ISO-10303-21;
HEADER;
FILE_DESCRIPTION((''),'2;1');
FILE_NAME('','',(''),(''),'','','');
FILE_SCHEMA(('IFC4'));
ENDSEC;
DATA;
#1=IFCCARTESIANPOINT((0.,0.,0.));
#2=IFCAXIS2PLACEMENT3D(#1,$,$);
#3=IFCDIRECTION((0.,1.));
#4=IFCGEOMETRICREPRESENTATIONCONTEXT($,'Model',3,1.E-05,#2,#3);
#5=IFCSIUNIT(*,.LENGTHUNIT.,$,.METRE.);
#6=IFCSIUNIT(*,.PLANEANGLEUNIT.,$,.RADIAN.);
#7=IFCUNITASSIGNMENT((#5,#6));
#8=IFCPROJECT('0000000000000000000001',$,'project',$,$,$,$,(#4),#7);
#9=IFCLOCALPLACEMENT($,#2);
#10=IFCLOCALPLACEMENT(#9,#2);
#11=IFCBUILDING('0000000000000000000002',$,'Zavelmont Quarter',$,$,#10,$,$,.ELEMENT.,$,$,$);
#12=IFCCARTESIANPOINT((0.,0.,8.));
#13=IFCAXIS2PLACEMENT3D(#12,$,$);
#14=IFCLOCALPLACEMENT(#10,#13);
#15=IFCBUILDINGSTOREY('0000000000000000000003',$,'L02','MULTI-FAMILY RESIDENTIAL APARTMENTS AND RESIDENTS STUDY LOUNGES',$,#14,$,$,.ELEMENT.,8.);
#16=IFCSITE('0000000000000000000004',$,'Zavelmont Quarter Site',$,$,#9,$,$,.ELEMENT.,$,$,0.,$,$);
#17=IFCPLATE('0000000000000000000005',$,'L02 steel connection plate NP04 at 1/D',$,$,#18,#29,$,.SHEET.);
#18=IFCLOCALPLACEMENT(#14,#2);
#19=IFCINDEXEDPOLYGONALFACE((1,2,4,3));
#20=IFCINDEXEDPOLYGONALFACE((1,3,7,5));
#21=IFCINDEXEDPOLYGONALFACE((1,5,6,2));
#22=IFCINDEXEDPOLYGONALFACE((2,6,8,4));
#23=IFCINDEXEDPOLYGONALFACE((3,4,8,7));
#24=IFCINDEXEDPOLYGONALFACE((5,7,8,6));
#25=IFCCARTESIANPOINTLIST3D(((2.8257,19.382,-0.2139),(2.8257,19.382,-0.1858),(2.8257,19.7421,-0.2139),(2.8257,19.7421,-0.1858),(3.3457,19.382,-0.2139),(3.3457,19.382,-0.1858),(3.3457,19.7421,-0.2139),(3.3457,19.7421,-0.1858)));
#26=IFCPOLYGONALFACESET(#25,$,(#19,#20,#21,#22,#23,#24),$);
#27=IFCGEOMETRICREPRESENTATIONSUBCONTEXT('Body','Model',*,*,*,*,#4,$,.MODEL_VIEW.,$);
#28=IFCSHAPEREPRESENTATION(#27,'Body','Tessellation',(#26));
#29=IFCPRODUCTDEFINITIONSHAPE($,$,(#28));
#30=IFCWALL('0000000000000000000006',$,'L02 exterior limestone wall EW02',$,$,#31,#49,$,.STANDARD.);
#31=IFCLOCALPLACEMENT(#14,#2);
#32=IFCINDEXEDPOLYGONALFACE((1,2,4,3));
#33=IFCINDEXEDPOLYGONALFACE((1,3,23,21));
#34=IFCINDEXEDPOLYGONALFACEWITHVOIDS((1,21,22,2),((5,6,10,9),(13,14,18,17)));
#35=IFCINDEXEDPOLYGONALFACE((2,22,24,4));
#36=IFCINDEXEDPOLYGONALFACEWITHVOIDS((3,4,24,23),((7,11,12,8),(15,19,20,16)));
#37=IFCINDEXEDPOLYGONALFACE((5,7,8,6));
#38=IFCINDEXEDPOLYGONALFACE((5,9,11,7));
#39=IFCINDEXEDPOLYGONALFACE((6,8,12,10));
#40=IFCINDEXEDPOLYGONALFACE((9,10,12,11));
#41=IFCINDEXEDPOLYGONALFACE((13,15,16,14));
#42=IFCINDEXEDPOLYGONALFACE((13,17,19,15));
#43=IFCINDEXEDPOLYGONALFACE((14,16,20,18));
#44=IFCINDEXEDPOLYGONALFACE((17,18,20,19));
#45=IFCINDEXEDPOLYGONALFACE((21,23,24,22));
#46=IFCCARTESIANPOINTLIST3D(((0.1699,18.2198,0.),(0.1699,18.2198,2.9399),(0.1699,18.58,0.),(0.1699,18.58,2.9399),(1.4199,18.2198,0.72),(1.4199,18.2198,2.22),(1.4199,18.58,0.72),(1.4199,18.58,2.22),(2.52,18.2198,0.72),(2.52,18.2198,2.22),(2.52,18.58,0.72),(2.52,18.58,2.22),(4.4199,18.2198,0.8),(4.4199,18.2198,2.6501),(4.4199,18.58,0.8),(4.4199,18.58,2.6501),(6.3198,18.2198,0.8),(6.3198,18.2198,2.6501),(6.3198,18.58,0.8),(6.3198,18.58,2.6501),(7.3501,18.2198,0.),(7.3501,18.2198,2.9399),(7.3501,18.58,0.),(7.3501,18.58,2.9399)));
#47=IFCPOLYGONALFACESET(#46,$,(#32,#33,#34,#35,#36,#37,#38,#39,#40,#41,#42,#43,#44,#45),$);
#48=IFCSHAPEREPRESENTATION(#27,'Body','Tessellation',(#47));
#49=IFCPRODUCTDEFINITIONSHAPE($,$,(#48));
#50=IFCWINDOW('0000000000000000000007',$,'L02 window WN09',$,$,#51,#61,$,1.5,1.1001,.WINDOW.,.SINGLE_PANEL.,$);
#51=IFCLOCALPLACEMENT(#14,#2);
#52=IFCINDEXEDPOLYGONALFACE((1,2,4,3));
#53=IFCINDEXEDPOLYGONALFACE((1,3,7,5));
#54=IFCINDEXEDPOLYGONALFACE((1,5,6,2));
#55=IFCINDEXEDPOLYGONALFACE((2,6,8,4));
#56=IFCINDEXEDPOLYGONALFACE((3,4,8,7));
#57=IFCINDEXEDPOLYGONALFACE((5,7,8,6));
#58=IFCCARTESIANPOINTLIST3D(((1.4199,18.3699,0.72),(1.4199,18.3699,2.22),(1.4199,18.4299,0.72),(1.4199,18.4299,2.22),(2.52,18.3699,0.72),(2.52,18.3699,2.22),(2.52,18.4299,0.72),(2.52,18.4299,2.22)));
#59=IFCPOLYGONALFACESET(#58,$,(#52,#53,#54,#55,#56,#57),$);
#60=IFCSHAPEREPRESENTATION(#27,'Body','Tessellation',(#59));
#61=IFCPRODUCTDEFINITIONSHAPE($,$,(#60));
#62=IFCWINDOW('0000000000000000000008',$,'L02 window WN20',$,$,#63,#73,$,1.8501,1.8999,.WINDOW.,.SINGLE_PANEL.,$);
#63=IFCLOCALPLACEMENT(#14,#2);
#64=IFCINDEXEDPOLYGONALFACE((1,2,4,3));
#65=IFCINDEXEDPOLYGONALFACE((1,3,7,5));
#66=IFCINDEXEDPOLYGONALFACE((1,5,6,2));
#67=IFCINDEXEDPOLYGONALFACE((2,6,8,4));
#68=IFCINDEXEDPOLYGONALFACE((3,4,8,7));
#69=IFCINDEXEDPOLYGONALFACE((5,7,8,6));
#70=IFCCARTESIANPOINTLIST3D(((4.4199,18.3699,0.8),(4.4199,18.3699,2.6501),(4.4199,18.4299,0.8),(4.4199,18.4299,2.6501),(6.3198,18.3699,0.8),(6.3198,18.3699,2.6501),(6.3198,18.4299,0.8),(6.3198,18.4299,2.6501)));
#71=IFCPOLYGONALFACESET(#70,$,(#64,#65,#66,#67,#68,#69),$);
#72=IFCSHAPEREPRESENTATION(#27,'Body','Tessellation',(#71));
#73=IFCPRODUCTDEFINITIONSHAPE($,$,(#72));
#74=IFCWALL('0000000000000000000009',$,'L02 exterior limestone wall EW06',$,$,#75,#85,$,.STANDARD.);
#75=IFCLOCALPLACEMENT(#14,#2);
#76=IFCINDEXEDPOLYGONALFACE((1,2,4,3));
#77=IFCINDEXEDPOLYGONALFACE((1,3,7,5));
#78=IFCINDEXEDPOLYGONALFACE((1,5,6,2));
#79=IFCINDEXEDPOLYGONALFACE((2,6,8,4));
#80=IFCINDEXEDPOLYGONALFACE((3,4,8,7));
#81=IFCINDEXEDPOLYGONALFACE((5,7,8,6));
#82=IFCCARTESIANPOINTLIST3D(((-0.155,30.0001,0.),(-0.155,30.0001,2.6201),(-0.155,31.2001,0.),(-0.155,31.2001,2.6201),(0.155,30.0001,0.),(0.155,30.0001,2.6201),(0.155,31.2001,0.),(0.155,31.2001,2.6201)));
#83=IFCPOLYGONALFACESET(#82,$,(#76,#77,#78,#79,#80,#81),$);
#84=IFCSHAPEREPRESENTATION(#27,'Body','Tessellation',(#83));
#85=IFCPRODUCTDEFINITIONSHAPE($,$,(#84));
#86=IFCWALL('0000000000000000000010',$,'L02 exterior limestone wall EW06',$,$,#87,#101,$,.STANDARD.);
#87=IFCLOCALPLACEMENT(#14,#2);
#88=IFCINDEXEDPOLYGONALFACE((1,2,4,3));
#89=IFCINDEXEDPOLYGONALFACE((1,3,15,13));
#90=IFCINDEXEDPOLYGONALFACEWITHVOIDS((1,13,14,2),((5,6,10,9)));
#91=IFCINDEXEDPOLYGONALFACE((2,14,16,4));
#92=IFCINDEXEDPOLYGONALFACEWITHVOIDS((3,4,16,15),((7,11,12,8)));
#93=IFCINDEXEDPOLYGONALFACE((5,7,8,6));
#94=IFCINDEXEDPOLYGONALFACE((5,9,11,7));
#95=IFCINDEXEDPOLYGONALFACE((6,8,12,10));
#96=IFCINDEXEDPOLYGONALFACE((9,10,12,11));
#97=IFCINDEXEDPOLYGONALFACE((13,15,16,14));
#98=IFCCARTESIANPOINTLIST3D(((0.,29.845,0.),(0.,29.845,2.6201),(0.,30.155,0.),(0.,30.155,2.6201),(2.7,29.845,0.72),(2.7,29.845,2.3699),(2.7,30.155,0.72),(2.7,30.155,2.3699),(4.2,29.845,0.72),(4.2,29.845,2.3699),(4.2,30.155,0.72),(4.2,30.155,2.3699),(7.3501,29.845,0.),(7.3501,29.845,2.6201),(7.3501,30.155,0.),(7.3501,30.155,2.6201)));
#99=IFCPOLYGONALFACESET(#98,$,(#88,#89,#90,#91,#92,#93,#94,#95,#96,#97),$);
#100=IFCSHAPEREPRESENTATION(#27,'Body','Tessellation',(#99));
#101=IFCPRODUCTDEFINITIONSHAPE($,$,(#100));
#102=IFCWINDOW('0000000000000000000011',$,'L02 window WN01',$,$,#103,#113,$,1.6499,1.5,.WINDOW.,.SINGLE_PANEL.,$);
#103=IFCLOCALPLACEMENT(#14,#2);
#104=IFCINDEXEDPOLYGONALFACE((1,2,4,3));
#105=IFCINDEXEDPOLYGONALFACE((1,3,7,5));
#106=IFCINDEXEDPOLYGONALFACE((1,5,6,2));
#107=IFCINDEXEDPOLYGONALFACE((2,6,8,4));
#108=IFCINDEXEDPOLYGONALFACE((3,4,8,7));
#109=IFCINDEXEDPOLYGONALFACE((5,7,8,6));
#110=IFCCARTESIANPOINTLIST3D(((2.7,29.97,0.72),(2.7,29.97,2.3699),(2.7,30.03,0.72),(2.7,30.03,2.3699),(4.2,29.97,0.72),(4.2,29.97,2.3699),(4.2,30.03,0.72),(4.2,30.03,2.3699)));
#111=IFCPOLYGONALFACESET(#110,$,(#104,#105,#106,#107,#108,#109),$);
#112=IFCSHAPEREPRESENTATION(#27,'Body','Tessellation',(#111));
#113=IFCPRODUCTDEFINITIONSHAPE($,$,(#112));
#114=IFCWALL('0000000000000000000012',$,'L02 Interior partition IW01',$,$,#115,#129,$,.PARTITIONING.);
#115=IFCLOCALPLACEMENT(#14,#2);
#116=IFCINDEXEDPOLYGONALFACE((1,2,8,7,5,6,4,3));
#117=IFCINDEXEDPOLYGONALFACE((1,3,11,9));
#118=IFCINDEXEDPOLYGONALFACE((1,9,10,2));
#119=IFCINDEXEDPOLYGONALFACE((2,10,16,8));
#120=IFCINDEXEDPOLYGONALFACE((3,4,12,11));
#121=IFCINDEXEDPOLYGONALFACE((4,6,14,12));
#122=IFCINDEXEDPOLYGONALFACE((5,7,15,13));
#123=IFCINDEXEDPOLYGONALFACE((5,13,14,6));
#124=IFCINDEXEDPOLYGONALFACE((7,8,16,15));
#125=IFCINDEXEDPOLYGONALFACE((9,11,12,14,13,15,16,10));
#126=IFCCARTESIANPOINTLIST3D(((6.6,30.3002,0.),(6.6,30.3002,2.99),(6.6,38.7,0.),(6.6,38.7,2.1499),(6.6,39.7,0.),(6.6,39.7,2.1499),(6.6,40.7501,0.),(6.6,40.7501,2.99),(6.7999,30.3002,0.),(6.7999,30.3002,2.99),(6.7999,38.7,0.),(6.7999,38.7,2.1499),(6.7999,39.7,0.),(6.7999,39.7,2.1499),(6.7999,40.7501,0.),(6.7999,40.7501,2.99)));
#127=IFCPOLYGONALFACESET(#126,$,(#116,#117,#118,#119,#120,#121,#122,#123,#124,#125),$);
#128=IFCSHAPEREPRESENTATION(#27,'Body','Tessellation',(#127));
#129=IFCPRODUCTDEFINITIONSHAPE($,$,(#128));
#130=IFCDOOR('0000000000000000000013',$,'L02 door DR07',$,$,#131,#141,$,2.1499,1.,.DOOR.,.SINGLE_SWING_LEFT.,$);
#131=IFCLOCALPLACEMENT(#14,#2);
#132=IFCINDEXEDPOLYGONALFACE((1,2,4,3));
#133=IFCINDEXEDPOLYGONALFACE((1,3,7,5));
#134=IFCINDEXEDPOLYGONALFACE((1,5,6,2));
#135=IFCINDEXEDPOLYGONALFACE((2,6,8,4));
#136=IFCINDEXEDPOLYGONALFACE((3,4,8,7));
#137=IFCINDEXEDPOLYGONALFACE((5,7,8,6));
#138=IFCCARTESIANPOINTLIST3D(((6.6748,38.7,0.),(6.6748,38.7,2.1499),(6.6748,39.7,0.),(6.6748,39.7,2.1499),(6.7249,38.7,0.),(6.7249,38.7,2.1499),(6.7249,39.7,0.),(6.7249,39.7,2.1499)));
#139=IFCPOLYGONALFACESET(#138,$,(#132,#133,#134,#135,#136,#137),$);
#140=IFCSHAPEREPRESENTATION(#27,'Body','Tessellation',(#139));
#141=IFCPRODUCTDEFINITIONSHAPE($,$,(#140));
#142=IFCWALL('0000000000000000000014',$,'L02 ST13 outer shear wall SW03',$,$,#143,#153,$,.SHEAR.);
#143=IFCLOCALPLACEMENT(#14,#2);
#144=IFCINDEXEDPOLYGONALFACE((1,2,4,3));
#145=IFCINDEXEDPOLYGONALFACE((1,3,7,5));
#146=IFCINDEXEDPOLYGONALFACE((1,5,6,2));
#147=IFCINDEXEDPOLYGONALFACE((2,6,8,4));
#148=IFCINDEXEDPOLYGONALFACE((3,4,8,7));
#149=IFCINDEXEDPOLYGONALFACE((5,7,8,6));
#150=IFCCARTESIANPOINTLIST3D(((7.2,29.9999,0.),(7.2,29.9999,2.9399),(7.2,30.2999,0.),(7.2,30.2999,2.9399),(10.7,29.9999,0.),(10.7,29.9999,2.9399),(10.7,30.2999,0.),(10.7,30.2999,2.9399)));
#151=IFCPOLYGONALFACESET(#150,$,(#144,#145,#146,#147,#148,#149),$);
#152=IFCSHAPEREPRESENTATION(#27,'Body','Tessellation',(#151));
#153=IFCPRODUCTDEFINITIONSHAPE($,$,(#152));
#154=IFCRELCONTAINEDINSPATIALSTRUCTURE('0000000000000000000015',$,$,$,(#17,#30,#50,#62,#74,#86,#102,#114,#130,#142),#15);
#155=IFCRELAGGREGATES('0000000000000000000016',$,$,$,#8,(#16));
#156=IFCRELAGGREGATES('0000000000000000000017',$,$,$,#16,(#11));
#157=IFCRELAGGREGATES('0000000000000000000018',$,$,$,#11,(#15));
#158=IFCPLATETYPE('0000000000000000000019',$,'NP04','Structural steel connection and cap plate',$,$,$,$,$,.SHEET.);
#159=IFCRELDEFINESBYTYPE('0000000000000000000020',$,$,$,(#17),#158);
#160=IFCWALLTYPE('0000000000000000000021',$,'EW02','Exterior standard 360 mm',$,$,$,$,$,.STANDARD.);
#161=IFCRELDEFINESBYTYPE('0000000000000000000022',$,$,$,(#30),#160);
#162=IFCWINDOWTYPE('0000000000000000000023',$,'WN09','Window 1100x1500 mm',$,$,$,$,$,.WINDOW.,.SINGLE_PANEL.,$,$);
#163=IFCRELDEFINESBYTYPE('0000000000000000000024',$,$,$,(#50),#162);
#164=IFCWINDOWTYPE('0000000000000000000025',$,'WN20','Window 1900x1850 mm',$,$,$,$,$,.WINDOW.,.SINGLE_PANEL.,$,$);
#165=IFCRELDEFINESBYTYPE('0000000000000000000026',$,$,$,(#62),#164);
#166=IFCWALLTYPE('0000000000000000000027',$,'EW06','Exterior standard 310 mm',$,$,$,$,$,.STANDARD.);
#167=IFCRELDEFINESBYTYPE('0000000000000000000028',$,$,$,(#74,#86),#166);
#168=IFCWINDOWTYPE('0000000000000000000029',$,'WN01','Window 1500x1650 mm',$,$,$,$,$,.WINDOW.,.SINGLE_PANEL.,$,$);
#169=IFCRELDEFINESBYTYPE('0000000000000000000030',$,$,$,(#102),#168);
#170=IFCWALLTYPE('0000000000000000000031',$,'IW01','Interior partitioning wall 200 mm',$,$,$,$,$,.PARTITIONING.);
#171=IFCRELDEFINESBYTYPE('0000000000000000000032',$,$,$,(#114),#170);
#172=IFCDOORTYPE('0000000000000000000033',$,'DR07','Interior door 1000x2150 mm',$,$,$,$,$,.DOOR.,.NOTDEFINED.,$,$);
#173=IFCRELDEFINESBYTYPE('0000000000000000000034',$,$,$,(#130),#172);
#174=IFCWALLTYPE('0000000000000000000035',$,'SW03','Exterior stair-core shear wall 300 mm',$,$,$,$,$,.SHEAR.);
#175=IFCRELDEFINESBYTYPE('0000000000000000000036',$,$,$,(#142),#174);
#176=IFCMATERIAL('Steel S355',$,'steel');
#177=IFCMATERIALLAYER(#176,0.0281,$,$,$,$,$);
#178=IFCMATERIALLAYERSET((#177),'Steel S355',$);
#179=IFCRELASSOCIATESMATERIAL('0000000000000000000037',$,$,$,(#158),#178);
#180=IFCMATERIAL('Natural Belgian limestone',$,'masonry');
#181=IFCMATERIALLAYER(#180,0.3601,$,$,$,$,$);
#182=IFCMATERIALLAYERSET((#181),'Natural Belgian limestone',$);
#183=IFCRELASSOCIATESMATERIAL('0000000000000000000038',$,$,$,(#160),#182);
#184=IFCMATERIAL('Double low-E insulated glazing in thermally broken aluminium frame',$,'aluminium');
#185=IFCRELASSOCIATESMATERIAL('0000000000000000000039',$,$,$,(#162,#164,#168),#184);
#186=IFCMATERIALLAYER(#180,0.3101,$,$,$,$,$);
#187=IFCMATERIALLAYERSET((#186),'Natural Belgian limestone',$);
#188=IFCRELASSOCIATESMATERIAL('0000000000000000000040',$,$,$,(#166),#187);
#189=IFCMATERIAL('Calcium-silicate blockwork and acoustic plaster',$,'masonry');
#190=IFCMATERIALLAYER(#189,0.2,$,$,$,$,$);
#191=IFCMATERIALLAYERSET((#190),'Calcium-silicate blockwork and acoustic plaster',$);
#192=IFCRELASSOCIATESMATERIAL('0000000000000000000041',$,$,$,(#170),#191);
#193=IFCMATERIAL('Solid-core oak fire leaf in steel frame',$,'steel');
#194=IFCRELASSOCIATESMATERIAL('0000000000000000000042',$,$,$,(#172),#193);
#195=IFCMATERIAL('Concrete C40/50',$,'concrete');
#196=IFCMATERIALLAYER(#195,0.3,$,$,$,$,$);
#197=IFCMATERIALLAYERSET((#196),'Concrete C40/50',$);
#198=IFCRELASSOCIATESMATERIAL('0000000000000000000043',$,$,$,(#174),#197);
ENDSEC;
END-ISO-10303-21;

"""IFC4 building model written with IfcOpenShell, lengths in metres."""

from ifc_helpers import new_model, si_unit, direction, frame, frame_2d, origin, origin_with_axes, origin_2d, place, context, subcontext, project, spatial, rectangle, extrude, material, layer, layer_set, type_object, element, fill, save


model = new_model("IFC4")

# Units and contexts
model_context = context("Model", 3, precision=1e-05, world=origin(), true_north=direction((0.0, 1.0)))
body_context = subcontext(model_context, "Body", "Model", "MODEL_VIEW")
ifc_project = project(units=[si_unit("LENGTHUNIT", "METRE"), si_unit("PLANEANGLEUNIT", "RADIAN")], contexts=[model_context])

# Site, building, storey
site_placement = place(None, origin())
site = spatial("IfcSite", under=ifc_project, at=site_placement, Name="Zavelmont Quarter Site", CompositionType="ELEMENT", RefElevation=0.0)
building_placement = place(site_placement, origin())
building = spatial("IfcBuilding", under=site, at=building_placement, Name="Zavelmont Quarter", CompositionType="ELEMENT")
storey_placement = place(building_placement, frame((0.0, 0.0, 8.0)))
storey = spatial("IfcBuildingStorey", under=building, at=storey_placement, Name="L02", Description="MULTI-FAMILY RESIDENTIAL APARTMENTS AND RESIDENTS STUDY LOUNGES", CompositionType="ELEMENT", Elevation=8.0)

# Shared definitions
ifc_material_1 = material(Name="Steel S355", Category="steel")

# Plate
ifc_layer_1 = layer(ifc_material_1, 0.0281)
ifc_layer_set_1 = layer_set([ifc_layer_1], Name="Steel S355")
plate_type = type_object("IfcPlateType", Name="NP04", Description="Structural steel connection and cap plate", PredefinedType="SHEET", material=ifc_layer_set_1)
plate_placement = place(storey_placement, frame((3.0857, 19.562, -0.2139), z_axis=(0.0, 0.0, 1.0), x_axis=(1.0, 0.0, 0.0)))
element("IfcPlate", 1, at=plate_placement, inside=storey, type_object=plate_type, Name="L02 steel connection plate NP04 at 1/D", PredefinedType="SHEET", context=body_context, shape_type="SweptSolid", body=[
    extrude(rectangle(XDim=0.52, YDim=0.3601, at=origin_2d()), origin(), (0.0, 0.0, 1.0), 0.0281),
])

# Wall, openings, windows
ifc_material_2 = material(Name="Natural Belgian limestone", Category="masonry")
ifc_layer_2 = layer(ifc_material_2, 0.3601)
ifc_layer_set_2 = layer_set([ifc_layer_2], Name="Natural Belgian limestone")
wall_type_1 = type_object("IfcWallType", Name="EW02", Description="Exterior standard 360 mm", PredefinedType="STANDARD", material=ifc_layer_set_2)
wall_1_placement = place(storey_placement, frame((0.1699, 18.3999, 0.0), z_axis=(0.0, 0.0, 1.0), x_axis=(1.0, 0.0, 0.0)))
wall_1 = element("IfcWall", 2, at=wall_1_placement, inside=storey, type_object=wall_type_1, Name="L02 exterior limestone wall EW02", PredefinedType="STANDARD", context=body_context, shape_type="SweptSolid", body=[
    extrude(rectangle(XDim=7.1802, YDim=0.3601, at=frame_2d((3.5901, 0.0))), origin(), (0.0, 0.0, 1.0), 2.9399),
])
opening_1_placement = place(wall_1_placement, frame((1.25, 0.0, 0.72)))
opening_1 = element("IfcOpeningElement", 3, at=opening_1_placement, cuts=wall_1, PredefinedType="OPENING", context=body_context, shape_type="SweptSolid", body=[
    extrude(rectangle(XDim=1.1001, YDim=1.5, at=frame_2d((0.55, 0.75))), frame((0.0, 0.1919, 0.0), z_axis=(0.0, -1.0, 0.0), x_axis=(1.0, 0.0, 0.0)), (0.0, 0.0, 1.0), 0.384),
])
opening_2_placement = place(wall_1_placement, frame((4.25, 0.0, 0.8)))
opening_2 = element("IfcOpeningElement", 4, at=opening_2_placement, cuts=wall_1, PredefinedType="OPENING", context=body_context, shape_type="SweptSolid", body=[
    extrude(rectangle(XDim=1.8999, YDim=1.8501, at=frame_2d((0.95, 0.925))), frame((0.0, 0.1919, 0.0), z_axis=(0.0, -1.0, 0.0), x_axis=(1.0, 0.0, 0.0)), (0.0, 0.0, 1.0), 0.384),
])
ifc_material_3 = material(Name="Double low-E insulated glazing in thermally broken aluminium frame", Category="aluminium")
window_type_1 = type_object("IfcWindowType", Name="WN09", Description="Window 1100x1500 mm", PartitioningType="SINGLE_PANEL", PredefinedType="WINDOW", material=ifc_material_3)
window_1_placement = place(opening_1_placement, origin_with_axes())
window_1 = element("IfcWindow", 5, at=window_1_placement, inside=storey, type_object=window_type_1, Name="L02 window WN09", OverallHeight=1.5, OverallWidth=1.1001, PartitioningType="SINGLE_PANEL", PredefinedType="WINDOW", context=body_context, shape_type="SweptSolid", body=[
    extrude(rectangle(XDim=1.1001, YDim=1.5, at=frame_2d((0.55, 0.75))), frame((0.0, 0.03, 0.0), z_axis=(0.0, -1.0, 0.0), x_axis=(1.0, 0.0, 0.0)), (0.0, 0.0, 1.0), 0.0601),
])
fill(opening_1, window_1)
window_type_2 = type_object("IfcWindowType", Name="WN20", Description="Window 1900x1850 mm", PartitioningType="SINGLE_PANEL", PredefinedType="WINDOW", material=ifc_material_3)
window_2_placement = place(opening_2_placement, origin_with_axes())
window_2 = element("IfcWindow", 6, at=window_2_placement, inside=storey, type_object=window_type_2, Name="L02 window WN20", OverallHeight=1.8501, OverallWidth=1.8999, PartitioningType="SINGLE_PANEL", PredefinedType="WINDOW", context=body_context, shape_type="SweptSolid", body=[
    extrude(rectangle(XDim=1.8999, YDim=1.8501, at=frame_2d((0.95, 0.925))), frame((0.0, 0.03, 0.0), z_axis=(0.0, -1.0, 0.0), x_axis=(1.0, 0.0, 0.0)), (0.0, 0.0, 1.0), 0.0601),
])
fill(opening_2, window_2)

# Wall
ifc_layer_3 = layer(ifc_material_2, 0.3101)
ifc_layer_set_3 = layer_set([ifc_layer_3], Name="Natural Belgian limestone")
wall_type_2 = type_object("IfcWallType", Name="EW06", Description="Exterior standard 310 mm", PredefinedType="STANDARD", material=ifc_layer_set_3)
wall_2_placement = place(storey_placement, frame((0.0, 30.0, 0.0), z_axis=(0.0, 0.0, 1.0), x_axis=(0.0, 1.0, 0.0)))
element("IfcWall", 7, at=wall_2_placement, inside=storey, type_object=wall_type_2, Name="L02 exterior limestone wall EW06", PredefinedType="STANDARD", context=body_context, shape_type="SweptSolid", body=[
    extrude(rectangle(XDim=1.2, YDim=0.3101, at=frame_2d((0.6001, 0.0))), origin(), (0.0, 0.0, 1.0), 2.6201),
])

# Wall, opening, window
wall_3_placement = place(storey_placement, frame((0.0, 30.0, 0.0), z_axis=(0.0, 0.0, 1.0), x_axis=(1.0, 0.0, 0.0)))
wall_3 = element("IfcWall", 8, at=wall_3_placement, inside=storey, type_object=wall_type_2, Name="L02 exterior limestone wall EW06", PredefinedType="STANDARD", context=body_context, shape_type="SweptSolid", body=[
    extrude(rectangle(XDim=7.3501, YDim=0.3101, at=frame_2d((3.675, 0.0))), origin(), (0.0, 0.0, 1.0), 2.6201),
])
opening_3_placement = place(wall_3_placement, frame((2.7, 0.0, 0.72)))
opening_3 = element("IfcOpeningElement", 9, at=opening_3_placement, cuts=wall_3, PredefinedType="OPENING", context=body_context, shape_type="SweptSolid", body=[
    extrude(rectangle(XDim=1.5, YDim=1.6499, at=frame_2d((0.75, 0.825))), frame((0.0, 0.167, 0.0), z_axis=(0.0, -1.0, 0.0), x_axis=(1.0, 0.0, 0.0)), (0.0, 0.0, 1.0), 0.334),
])
window_type_3 = type_object("IfcWindowType", Name="WN01", Description="Window 1500x1650 mm", PartitioningType="SINGLE_PANEL", PredefinedType="WINDOW", material=ifc_material_3)
window_3_placement = place(opening_3_placement, origin_with_axes())
window_3 = element("IfcWindow", 10, at=window_3_placement, inside=storey, type_object=window_type_3, Name="L02 window WN01", OverallHeight=1.6499, OverallWidth=1.5, PartitioningType="SINGLE_PANEL", PredefinedType="WINDOW", context=body_context, shape_type="SweptSolid", body=[
    extrude(rectangle(XDim=1.5, YDim=1.6499, at=frame_2d((0.75, 0.825))), frame((0.0, 0.03, 0.0), z_axis=(0.0, -1.0, 0.0), x_axis=(1.0, 0.0, 0.0)), (0.0, 0.0, 1.0), 0.0601),
])
fill(opening_3, window_3)

# Wall, opening, door
ifc_material_4 = material(Name="Calcium-silicate blockwork and acoustic plaster", Category="masonry")
ifc_layer_4 = layer(ifc_material_4, 0.2)
ifc_layer_set_4 = layer_set([ifc_layer_4], Name="Calcium-silicate blockwork and acoustic plaster")
wall_type_3 = type_object("IfcWallType", Name="IW01", Description="Interior partitioning wall 200 mm", PredefinedType="PARTITIONING", material=ifc_layer_set_4)
wall_4_placement = place(storey_placement, frame((6.7, 30.3, 0.0), z_axis=(0.0, 0.0, 1.0), x_axis=(0.0, 1.0, 0.0)))
wall_4 = element("IfcWall", 11, at=wall_4_placement, inside=storey, type_object=wall_type_3, Name="L02 Interior partition IW01", PredefinedType="PARTITIONING", context=body_context, shape_type="SweptSolid", body=[
    extrude(rectangle(XDim=10.45, YDim=0.2, at=frame_2d((5.2251, 0.0))), origin(), (0.0, 0.0, 1.0), 2.99),
])
opening_4_placement = place(wall_4_placement, frame((8.3999, 0.0, 0.0)))
opening_4 = element("IfcOpeningElement", 12, at=opening_4_placement, cuts=wall_4, PredefinedType="OPENING", context=body_context, shape_type="SweptSolid", body=[
    extrude(rectangle(XDim=1.0, YDim=2.1499, at=frame_2d((0.5, 1.075))), frame((0.0, 0.1118, 0.0), z_axis=(0.0, -1.0, 0.0), x_axis=(1.0, 0.0, 0.0)), (0.0, 0.0, 1.0), 0.2239),
])
ifc_material_5 = material(Name="Solid-core oak fire leaf in steel frame", Category="steel")
door_type = type_object("IfcDoorType", Name="DR07", Description="Interior door 1000x2150 mm", OperationType="NOTDEFINED", PredefinedType="DOOR", material=ifc_material_5)
door_placement = place(opening_4_placement, frame((1.0, 0.0, 0.0), z_axis=(0.0, 0.0, 1.0), x_axis=(-1.0, 0.0, 0.0)))
door = element("IfcDoor", 13, at=door_placement, inside=storey, type_object=door_type, Name="L02 door DR07", OperationType="SINGLE_SWING_LEFT", OverallHeight=2.1499, OverallWidth=1.0, PredefinedType="DOOR", context=body_context, shape_type="SweptSolid", body=[
    extrude(rectangle(XDim=1.0, YDim=2.1499, at=frame_2d((0.5, 1.075))), frame((0.0, 0.0249, 0.0), z_axis=(0.0, -1.0, 0.0), x_axis=(1.0, 0.0, 0.0)), (0.0, 0.0, 1.0), 0.05),
])
fill(opening_4, door)

# Wall
ifc_material_6 = material(Name="Concrete C40/50", Category="concrete")
ifc_layer_5 = layer(ifc_material_6, 0.3)
ifc_layer_set_5 = layer_set([ifc_layer_5], Name="Concrete C40/50")
wall_type_4 = type_object("IfcWallType", Name="SW03", Description="Exterior stair-core shear wall 300 mm", PredefinedType="SHEAR", material=ifc_layer_set_5)
wall_5_placement = place(storey_placement, frame((7.2, 30.1499, 0.0), z_axis=(0.0, 0.0, 1.0), x_axis=(1.0, 0.0, 0.0)))
element("IfcWall", 14, at=wall_5_placement, inside=storey, type_object=wall_type_4, Name="L02 ST13 outer shear wall SW03", PredefinedType="SHEAR", context=body_context, shape_type="SweptSolid", body=[
    extrude(rectangle(XDim=3.5, YDim=0.3, at=frame_2d((1.75, 0.0))), origin(), (0.0, 0.0, 1.0), 2.9399),
])

save(model, "model.ifc")
